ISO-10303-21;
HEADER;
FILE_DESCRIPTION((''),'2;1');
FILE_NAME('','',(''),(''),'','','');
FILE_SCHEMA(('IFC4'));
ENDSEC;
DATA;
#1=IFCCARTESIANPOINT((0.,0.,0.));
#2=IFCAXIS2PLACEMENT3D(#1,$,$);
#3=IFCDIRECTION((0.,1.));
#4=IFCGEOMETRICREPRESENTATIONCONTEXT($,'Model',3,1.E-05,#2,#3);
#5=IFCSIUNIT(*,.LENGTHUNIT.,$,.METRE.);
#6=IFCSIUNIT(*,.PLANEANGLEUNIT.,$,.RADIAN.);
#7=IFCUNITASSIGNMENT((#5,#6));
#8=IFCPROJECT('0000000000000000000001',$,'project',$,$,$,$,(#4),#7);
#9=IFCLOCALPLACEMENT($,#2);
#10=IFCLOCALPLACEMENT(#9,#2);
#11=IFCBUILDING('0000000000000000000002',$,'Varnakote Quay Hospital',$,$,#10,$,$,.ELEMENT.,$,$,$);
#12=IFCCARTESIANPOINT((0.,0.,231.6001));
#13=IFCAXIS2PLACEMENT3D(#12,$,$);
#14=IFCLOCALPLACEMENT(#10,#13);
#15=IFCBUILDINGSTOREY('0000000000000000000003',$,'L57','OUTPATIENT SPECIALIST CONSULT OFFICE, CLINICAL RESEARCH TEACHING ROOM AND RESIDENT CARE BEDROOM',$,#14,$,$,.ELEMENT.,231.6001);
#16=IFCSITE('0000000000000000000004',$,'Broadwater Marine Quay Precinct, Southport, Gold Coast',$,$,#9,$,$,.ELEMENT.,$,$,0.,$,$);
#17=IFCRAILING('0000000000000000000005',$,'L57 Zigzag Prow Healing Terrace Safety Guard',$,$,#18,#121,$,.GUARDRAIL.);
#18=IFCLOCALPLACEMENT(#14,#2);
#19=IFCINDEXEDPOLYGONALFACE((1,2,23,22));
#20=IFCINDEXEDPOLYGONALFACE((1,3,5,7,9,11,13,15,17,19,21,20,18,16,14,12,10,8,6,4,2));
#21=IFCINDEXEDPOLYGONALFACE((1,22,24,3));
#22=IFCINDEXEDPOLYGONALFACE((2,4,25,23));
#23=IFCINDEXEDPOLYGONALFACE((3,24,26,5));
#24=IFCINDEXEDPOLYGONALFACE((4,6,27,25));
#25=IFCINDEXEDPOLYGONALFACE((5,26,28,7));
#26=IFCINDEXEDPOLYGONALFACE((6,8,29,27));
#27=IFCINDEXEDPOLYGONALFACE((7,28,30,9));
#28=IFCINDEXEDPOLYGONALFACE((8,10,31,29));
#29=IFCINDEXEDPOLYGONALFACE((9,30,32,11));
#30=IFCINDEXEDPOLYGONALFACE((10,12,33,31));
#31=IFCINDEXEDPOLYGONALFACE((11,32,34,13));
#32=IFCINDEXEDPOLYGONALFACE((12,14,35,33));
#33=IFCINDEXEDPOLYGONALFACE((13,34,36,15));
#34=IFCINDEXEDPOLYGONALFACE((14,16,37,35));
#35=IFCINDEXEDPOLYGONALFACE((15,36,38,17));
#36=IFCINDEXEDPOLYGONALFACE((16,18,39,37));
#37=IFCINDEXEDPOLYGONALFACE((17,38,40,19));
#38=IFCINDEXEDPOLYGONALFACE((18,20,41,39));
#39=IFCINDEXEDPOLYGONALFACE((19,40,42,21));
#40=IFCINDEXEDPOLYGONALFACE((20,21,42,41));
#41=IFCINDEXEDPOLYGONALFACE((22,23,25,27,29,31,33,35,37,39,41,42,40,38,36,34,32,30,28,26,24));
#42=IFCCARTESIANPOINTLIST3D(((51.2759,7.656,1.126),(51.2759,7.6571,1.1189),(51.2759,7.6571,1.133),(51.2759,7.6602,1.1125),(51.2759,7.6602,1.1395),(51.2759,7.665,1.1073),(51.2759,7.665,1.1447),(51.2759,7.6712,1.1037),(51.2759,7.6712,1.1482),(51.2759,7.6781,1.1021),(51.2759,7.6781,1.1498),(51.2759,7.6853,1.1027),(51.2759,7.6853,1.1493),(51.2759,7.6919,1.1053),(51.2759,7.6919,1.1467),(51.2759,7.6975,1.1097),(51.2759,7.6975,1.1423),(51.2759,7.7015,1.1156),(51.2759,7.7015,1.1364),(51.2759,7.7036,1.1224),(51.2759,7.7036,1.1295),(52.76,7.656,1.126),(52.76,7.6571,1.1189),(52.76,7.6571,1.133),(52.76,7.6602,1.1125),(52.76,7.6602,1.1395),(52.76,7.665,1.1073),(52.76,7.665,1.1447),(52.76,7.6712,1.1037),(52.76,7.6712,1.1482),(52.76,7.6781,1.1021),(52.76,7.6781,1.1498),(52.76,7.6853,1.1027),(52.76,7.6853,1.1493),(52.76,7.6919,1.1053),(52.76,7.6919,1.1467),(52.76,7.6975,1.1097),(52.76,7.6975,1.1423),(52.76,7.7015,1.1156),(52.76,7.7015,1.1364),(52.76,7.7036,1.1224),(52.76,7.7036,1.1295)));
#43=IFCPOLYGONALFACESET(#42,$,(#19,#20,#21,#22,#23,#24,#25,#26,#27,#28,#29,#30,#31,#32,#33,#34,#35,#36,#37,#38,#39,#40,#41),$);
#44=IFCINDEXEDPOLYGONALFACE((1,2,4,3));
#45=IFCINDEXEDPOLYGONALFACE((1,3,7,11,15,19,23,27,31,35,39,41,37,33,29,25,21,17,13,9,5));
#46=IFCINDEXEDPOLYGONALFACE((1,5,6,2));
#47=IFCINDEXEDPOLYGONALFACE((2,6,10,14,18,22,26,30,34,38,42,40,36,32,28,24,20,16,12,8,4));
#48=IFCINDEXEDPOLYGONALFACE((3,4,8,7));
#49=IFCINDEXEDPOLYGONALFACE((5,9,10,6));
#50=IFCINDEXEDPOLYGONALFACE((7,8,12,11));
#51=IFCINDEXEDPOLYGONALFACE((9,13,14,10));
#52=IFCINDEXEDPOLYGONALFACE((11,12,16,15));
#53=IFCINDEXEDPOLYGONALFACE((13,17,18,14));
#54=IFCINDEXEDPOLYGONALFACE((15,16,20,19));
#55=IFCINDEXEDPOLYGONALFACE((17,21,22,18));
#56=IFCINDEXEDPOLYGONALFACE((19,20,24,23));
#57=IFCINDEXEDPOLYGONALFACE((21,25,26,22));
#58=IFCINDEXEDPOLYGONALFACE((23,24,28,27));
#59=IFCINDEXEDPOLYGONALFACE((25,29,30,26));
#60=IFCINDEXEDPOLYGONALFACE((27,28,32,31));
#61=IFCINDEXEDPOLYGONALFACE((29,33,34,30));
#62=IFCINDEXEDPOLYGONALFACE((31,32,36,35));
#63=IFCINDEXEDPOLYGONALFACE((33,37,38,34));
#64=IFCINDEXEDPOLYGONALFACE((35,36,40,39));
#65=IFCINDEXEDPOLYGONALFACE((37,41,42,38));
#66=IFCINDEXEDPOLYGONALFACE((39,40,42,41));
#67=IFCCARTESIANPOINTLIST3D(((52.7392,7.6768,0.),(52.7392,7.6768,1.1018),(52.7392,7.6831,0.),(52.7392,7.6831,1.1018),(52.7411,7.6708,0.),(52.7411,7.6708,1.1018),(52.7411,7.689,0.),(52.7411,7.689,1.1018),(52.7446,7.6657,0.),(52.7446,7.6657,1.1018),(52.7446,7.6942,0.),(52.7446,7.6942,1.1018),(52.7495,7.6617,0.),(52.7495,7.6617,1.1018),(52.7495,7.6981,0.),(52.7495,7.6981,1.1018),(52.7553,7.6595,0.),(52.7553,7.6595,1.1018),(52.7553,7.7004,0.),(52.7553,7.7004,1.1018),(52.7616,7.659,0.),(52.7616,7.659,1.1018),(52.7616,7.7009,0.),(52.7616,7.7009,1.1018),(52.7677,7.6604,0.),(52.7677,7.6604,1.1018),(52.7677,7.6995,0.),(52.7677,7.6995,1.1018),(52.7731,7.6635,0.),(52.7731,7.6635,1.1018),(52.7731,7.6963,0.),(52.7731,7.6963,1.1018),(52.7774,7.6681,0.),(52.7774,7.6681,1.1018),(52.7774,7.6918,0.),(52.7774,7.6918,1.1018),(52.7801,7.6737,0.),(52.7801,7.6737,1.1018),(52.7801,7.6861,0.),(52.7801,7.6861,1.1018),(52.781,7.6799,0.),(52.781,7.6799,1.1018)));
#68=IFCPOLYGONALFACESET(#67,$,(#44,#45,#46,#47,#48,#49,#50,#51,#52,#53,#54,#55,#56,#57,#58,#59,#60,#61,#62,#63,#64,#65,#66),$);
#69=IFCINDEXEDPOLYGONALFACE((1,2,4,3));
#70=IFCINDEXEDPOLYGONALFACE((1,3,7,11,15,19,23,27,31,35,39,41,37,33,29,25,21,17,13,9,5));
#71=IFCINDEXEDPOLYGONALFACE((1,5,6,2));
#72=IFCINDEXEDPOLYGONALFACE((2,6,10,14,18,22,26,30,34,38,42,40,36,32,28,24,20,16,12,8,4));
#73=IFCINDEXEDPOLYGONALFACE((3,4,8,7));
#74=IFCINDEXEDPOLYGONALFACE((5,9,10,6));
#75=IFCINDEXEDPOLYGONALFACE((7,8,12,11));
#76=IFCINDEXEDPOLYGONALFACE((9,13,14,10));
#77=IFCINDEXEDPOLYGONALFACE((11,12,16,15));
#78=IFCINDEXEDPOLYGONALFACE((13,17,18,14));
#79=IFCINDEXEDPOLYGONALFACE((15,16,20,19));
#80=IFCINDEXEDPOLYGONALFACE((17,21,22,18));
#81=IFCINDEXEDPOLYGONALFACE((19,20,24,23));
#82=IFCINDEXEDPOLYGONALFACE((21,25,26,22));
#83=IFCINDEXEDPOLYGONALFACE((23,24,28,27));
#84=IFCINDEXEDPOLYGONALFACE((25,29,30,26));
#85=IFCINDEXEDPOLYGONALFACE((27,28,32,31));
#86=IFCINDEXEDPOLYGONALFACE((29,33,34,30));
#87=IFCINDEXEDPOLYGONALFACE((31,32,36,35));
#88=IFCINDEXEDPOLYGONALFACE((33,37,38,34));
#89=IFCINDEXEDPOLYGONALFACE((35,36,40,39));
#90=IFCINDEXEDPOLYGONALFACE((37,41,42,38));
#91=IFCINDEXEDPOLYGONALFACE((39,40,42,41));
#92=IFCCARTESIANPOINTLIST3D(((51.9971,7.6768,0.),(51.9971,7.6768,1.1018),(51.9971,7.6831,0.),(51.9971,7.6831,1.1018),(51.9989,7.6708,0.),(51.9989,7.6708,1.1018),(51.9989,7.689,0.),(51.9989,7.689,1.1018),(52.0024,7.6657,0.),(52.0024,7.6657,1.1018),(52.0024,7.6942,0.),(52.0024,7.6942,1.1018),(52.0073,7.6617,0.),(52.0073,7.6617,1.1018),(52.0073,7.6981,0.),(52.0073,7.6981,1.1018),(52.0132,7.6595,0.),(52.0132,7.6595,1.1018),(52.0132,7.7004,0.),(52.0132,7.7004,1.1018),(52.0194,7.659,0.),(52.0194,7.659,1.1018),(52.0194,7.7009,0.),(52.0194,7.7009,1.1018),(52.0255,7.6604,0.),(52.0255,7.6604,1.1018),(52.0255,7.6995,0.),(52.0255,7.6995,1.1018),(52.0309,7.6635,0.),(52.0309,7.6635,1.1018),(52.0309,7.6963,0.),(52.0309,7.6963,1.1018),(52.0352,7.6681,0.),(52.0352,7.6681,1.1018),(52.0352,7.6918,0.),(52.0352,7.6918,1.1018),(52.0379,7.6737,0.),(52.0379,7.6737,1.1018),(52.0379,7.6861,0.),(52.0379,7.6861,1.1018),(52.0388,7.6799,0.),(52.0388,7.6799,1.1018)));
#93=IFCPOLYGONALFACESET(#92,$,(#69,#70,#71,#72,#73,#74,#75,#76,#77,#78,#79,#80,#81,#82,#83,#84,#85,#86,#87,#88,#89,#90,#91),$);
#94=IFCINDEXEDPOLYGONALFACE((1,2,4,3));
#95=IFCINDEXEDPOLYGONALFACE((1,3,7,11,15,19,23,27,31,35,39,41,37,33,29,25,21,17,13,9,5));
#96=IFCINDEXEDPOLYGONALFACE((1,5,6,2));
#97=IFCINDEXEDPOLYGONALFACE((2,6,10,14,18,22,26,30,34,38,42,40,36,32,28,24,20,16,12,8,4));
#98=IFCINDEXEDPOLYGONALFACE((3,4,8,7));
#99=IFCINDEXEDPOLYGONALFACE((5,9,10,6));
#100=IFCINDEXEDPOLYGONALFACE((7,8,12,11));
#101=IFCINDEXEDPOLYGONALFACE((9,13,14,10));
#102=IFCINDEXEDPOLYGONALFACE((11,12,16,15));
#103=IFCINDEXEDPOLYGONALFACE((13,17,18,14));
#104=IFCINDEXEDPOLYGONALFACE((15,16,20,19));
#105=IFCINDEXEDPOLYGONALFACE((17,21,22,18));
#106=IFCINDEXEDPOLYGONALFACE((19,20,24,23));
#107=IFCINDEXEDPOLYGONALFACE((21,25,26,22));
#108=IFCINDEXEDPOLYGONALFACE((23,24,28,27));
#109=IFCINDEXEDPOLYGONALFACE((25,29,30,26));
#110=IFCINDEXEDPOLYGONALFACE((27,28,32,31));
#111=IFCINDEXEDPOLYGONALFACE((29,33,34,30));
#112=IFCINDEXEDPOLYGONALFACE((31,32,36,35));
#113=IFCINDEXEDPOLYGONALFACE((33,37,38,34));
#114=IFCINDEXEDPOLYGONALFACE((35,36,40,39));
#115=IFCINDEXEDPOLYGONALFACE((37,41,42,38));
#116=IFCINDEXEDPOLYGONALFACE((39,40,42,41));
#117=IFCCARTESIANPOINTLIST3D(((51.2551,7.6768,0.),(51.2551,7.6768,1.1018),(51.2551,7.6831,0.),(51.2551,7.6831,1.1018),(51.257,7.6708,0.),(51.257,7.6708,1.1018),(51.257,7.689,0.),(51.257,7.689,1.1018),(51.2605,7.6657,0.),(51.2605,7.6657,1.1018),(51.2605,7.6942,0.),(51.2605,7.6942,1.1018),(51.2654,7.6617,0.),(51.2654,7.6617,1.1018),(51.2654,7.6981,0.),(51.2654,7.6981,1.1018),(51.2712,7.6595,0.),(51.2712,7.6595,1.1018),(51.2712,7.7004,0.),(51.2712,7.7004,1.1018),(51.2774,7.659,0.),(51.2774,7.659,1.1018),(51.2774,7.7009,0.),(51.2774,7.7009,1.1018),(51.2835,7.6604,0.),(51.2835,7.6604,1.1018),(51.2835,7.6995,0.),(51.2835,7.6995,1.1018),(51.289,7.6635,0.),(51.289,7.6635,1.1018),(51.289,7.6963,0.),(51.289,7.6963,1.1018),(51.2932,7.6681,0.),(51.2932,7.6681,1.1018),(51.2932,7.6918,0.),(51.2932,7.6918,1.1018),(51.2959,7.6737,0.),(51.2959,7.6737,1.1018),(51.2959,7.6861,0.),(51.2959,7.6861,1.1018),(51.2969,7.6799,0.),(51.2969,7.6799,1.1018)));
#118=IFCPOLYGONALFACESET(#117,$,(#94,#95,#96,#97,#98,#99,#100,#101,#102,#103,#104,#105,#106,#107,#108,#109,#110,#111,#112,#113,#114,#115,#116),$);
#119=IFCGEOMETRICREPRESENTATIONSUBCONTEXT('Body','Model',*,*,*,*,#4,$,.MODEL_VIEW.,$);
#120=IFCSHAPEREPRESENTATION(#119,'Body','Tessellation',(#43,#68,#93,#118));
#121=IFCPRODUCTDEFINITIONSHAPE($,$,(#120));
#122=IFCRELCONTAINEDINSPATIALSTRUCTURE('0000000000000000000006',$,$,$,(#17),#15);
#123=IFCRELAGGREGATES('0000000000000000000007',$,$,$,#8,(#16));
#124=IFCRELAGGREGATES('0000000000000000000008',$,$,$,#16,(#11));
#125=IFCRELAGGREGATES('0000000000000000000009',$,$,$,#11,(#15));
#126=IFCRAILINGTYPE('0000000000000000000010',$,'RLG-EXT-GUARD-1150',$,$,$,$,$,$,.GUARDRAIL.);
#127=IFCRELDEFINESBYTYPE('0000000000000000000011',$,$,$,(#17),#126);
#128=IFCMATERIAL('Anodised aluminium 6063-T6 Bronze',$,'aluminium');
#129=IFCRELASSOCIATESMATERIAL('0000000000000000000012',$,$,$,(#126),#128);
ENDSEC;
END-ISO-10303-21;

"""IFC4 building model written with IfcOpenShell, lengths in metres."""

from ifc_helpers import new_model, si_unit, direction, frame, origin, origin_2d, place, context, subcontext, project, spatial, circle, extrude, material, type_object, element, save


model = new_model("IFC4")

# Units and contexts
model_context = context("Model", 3, precision=1e-05, world=origin(), true_north=direction((0.0, 1.0)))
body_context = subcontext(model_context, "Body", "Model", "MODEL_VIEW")
ifc_project = project(units=[si_unit("LENGTHUNIT", "METRE"), si_unit("PLANEANGLEUNIT", "RADIAN")], contexts=[model_context])

# Site, building, storey
site_placement = place(None, origin())
site = spatial("IfcSite", under=ifc_project, at=site_placement, Name="Broadwater Marine Quay Precinct, Southport, Gold Coast", CompositionType="ELEMENT", RefElevation=0.0)
building_placement = place(site_placement, origin())
building = spatial("IfcBuilding", under=site, at=building_placement, Name="Varnakote Quay Hospital", CompositionType="ELEMENT")
storey_placement = place(building_placement, frame((0.0, 0.0, 231.6001)))
storey = spatial("IfcBuildingStorey", under=building, at=storey_placement, Name="L57", Description="OUTPATIENT SPECIALIST CONSULT OFFICE, CLINICAL RESEARCH TEACHING ROOM AND RESIDENT CARE BEDROOM", CompositionType="ELEMENT", Elevation=231.6001)

# Railing
ifc_material_1 = material(Name="Anodised aluminium 6063-T6 Bronze", Category="aluminium")
railing_type = type_object("IfcRailingType", Name="RLG-EXT-GUARD-1150", PredefinedType="GUARDRAIL", material=ifc_material_1)
railing_1_placement = place(storey_placement, frame((52.76, 7.6799, 0.0)))
element("IfcRailing", 1, at=railing_1_placement, inside=storey, type_object=railing_type, Name="L57 Zigzag Prow Healing Terrace Safety Guard", PredefinedType="GUARDRAIL", context=body_context, shape_type="SweptSolid", body=[
    extrude(circle(Radius=0.0239, at=origin_2d()), frame((0.0, 0.0, 1.126), z_axis=(-1.0, 0.0, 0.0), x_axis=(0.0, -1.0, 0.0)), (0.0, 0.0, 1.0), 1.4841),
    extrude(circle(Radius=0.021, at=origin_2d()), origin(), (0.0, 0.0, 1.0), 1.1018),
    extrude(circle(Radius=0.021, at=origin_2d()), frame((-0.7422, 0.0, 0.0)), (0.0, 0.0, 1.0), 1.1018),
    extrude(circle(Radius=0.021, at=origin_2d()), frame((-1.4841, 0.0, 0.0)), (0.0, 0.0, 1.0), 1.1018),
])

save(model, "model.ifc")
